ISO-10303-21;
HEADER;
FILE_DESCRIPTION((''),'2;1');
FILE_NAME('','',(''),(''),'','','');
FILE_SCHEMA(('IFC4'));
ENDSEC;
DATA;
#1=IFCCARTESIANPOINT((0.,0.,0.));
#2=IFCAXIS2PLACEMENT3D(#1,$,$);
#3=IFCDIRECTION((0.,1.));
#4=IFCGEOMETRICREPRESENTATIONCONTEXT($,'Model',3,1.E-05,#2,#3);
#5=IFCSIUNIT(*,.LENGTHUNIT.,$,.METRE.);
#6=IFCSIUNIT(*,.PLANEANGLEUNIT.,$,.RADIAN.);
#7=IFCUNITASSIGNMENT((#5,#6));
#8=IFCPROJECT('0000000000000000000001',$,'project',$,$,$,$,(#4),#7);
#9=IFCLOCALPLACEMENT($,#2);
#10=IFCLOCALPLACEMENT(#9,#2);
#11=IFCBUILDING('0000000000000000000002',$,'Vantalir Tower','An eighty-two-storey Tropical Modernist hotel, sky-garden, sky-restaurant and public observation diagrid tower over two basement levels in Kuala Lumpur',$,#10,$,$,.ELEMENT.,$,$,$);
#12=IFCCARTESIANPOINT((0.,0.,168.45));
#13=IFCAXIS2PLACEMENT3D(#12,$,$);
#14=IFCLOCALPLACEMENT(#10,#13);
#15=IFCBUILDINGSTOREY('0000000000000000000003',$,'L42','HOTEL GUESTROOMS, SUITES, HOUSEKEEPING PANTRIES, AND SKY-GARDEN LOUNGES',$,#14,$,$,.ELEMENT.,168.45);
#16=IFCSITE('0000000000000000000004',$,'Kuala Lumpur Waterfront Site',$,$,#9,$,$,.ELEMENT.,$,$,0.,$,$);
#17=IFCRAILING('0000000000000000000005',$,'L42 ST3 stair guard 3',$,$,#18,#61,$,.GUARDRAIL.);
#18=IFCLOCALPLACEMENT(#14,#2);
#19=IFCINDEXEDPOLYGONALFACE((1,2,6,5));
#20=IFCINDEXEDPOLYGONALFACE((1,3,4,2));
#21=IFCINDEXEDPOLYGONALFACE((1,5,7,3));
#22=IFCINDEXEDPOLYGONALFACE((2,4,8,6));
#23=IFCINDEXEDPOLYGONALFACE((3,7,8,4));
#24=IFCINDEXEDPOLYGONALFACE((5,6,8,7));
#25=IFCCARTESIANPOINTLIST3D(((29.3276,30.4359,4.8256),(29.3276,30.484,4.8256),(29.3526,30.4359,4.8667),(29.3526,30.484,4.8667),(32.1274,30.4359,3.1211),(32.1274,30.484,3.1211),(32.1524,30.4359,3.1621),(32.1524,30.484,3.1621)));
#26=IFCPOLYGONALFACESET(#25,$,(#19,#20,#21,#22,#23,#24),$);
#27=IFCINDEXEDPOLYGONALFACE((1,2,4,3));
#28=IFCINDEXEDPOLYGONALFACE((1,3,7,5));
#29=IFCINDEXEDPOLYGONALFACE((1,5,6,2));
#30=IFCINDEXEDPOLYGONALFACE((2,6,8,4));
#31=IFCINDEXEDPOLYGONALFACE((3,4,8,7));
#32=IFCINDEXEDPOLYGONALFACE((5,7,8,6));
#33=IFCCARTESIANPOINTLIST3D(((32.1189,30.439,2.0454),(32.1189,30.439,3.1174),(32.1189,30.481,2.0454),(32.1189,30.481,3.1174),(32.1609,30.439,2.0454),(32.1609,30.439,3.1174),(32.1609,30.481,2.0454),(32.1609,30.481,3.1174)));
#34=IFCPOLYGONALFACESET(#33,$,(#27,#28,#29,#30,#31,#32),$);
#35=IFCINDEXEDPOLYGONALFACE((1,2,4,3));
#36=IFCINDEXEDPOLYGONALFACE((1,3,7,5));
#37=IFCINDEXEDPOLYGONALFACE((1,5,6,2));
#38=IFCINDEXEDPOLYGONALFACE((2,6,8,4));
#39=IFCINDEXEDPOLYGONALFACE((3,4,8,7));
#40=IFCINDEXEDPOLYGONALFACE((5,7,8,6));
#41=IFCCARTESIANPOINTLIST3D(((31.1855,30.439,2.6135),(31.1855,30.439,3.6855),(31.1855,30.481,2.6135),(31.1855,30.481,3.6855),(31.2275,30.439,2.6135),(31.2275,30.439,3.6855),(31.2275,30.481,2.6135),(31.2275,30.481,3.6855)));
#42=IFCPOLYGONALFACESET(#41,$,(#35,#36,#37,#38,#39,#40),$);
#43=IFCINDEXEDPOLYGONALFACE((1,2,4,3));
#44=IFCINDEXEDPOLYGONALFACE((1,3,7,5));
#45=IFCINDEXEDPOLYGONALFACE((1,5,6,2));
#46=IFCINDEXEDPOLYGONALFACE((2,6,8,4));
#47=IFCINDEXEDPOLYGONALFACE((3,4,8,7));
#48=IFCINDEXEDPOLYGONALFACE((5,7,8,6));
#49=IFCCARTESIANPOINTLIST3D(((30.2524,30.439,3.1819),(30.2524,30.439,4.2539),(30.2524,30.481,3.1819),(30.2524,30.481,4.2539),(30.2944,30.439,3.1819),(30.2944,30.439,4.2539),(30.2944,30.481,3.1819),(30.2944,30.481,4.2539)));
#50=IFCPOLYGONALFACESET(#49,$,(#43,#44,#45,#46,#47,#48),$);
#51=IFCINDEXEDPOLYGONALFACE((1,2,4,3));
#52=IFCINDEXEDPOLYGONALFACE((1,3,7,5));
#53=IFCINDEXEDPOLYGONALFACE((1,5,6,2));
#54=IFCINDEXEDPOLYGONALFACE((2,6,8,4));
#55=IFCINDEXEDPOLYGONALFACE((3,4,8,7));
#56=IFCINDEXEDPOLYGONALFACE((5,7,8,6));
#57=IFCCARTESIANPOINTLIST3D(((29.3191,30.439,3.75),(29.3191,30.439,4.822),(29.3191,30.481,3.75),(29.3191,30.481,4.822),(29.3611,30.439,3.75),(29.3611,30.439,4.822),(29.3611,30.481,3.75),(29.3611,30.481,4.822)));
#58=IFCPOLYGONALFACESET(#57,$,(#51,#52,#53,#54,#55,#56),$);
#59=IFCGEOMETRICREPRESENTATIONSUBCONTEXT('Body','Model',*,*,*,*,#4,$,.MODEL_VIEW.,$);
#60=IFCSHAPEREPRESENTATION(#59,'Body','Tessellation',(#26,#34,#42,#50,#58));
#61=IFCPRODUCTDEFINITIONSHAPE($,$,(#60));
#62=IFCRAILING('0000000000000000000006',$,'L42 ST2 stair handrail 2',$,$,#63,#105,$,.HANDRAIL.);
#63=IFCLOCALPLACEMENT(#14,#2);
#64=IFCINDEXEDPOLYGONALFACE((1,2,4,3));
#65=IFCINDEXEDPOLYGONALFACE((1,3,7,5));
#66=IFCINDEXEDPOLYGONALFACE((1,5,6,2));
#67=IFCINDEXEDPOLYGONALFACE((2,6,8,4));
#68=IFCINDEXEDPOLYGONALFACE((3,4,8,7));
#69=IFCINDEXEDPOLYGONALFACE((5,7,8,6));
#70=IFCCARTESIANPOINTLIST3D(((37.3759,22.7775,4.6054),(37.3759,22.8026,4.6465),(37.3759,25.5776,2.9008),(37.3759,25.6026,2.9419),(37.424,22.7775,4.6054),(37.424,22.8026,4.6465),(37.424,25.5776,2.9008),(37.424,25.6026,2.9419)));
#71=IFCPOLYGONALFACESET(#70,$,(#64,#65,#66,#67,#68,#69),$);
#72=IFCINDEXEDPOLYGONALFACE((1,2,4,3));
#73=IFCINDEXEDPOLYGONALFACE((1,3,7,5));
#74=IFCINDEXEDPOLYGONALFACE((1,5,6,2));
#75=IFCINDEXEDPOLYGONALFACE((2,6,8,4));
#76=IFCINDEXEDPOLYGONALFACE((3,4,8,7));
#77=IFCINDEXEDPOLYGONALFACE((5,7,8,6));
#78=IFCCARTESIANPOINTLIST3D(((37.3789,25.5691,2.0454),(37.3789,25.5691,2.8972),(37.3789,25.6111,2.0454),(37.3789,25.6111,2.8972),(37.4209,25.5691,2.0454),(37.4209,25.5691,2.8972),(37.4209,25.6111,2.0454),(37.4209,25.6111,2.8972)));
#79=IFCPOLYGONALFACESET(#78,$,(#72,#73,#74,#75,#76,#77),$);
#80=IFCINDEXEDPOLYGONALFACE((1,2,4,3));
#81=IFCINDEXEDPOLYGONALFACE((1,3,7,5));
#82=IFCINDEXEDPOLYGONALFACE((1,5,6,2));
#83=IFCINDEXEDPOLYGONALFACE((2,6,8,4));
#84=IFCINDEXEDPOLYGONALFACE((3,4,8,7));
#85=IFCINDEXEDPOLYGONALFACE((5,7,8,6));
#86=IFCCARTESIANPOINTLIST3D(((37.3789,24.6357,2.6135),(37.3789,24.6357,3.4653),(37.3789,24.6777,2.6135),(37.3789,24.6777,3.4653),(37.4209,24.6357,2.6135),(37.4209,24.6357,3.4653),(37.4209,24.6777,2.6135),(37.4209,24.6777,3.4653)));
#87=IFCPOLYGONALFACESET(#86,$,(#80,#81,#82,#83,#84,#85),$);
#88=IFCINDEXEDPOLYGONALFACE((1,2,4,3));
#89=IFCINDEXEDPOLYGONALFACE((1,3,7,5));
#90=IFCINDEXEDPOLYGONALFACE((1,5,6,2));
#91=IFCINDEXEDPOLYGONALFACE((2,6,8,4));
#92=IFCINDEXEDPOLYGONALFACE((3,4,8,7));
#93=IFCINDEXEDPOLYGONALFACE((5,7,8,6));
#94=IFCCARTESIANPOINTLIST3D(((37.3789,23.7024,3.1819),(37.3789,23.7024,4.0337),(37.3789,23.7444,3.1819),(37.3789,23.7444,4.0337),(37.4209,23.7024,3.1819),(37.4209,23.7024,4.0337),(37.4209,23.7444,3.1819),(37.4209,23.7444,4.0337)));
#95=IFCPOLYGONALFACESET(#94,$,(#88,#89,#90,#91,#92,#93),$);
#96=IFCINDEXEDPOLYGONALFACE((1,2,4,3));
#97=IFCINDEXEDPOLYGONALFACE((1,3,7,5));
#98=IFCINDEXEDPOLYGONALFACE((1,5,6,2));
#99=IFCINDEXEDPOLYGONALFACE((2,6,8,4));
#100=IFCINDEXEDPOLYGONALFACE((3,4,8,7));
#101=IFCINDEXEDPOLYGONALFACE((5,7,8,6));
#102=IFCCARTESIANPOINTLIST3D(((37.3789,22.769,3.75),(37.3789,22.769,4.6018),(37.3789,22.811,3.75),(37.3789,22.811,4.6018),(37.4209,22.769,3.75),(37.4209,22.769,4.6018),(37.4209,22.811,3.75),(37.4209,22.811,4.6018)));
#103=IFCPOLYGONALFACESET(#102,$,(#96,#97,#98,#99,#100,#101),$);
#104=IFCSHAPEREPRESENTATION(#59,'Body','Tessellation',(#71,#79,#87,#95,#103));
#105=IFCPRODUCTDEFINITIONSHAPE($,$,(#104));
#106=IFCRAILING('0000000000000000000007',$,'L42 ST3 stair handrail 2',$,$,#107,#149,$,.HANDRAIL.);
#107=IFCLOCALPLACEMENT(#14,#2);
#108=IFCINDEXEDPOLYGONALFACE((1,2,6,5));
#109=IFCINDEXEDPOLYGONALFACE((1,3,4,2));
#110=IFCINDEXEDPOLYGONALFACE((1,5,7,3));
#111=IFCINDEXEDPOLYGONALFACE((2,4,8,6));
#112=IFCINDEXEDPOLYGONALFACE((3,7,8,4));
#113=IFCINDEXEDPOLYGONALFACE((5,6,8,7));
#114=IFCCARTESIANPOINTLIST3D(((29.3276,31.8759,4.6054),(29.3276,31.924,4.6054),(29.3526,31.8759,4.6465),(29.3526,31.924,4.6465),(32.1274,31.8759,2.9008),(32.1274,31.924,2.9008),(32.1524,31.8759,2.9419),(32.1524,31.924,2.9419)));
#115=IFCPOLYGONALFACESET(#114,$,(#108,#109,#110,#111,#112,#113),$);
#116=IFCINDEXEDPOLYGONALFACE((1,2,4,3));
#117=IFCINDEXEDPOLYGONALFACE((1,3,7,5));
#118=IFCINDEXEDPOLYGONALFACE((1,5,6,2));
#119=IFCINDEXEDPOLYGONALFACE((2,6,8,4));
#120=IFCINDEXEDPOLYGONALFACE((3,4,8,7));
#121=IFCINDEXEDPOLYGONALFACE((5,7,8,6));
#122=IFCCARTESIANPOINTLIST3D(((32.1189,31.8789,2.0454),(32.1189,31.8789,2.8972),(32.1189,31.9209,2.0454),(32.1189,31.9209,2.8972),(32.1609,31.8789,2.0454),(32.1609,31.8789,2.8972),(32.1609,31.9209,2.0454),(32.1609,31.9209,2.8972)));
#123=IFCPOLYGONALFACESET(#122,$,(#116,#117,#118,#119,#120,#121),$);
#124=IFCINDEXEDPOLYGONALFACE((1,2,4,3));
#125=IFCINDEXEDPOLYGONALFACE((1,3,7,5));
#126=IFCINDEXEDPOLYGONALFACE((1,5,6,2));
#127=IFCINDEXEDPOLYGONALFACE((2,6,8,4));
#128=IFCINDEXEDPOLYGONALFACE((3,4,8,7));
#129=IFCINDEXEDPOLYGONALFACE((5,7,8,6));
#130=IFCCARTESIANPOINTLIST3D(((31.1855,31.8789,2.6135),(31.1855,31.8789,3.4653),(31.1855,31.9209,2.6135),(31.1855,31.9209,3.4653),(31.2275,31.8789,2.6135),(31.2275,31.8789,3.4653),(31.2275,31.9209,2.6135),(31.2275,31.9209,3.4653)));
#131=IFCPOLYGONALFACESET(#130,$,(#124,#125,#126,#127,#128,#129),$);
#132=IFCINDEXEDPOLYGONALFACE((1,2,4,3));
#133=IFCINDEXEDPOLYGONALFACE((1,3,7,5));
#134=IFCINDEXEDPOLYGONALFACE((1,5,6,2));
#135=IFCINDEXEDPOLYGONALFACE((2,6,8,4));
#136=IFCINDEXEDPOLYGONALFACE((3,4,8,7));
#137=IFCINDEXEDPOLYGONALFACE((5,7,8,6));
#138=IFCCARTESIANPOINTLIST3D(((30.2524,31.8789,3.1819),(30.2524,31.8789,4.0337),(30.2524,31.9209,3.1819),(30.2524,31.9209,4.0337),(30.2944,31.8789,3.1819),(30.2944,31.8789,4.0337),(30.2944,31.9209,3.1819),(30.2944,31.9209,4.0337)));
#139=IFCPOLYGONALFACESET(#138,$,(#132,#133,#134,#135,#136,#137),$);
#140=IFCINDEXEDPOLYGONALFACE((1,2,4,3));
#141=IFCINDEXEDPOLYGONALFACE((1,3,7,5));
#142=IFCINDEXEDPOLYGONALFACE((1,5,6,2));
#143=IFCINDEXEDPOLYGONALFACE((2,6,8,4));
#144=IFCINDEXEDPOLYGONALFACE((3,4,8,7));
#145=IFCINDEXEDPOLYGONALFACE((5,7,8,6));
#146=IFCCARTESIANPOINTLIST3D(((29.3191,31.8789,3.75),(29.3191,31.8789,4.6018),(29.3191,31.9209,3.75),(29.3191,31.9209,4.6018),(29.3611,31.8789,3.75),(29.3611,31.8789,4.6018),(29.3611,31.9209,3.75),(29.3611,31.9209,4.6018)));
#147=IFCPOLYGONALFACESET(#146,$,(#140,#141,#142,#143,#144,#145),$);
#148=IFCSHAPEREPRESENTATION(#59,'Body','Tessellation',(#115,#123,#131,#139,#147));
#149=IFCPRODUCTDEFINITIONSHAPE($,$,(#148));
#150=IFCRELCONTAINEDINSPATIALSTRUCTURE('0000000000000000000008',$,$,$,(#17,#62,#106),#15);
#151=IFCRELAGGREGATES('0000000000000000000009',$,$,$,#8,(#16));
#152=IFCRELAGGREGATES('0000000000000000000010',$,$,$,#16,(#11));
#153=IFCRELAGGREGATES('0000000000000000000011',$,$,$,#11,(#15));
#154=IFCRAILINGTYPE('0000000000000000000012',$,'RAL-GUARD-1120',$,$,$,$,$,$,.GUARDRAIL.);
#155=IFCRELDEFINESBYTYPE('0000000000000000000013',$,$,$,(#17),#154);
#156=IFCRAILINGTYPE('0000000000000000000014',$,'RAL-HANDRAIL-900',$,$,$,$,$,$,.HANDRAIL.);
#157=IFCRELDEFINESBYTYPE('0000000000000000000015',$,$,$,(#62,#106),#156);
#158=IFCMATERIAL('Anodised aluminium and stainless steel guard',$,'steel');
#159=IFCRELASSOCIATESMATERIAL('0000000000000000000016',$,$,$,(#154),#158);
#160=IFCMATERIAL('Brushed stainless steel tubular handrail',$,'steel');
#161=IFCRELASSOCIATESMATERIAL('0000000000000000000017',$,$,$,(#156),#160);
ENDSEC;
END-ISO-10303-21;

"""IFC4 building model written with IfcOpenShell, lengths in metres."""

from ifc_helpers import new_model, si_unit, direction, frame, origin, origin_2d, place, context, subcontext, project, spatial, rectangle, extrude, material, type_object, element, save


model = new_model("IFC4")

# Units and contexts
model_context = context("Model", 3, precision=1e-05, world=origin(), true_north=direction((0.0, 1.0)))
body_context = subcontext(model_context, "Body", "Model", "MODEL_VIEW")
ifc_project = project(units=[si_unit("LENGTHUNIT", "METRE"), si_unit("PLANEANGLEUNIT", "RADIAN")], contexts=[model_context])

# Site, building, storey
site_placement = place(None, origin())
site = spatial("IfcSite", under=ifc_project, at=site_placement, Name="Kuala Lumpur Waterfront Site", CompositionType="ELEMENT", RefElevation=0.0)
building_placement = place(site_placement, origin())
building = spatial("IfcBuilding", under=site, at=building_placement, Name="Vantalir Tower", Description="An eighty-two-storey Tropical Modernist hotel, sky-garden, sky-restaurant and public observation diagrid tower over two basement levels in Kuala Lumpur", CompositionType="ELEMENT")
storey_placement = place(building_placement, frame((0.0, 0.0, 168.45)))
storey = spatial("IfcBuildingStorey", under=building, at=storey_placement, Name="L42", Description="HOTEL GUESTROOMS, SUITES, HOUSEKEEPING PANTRIES, AND SKY-GARDEN LOUNGES", CompositionType="ELEMENT", Elevation=168.45)

# Railings
ifc_material_1 = material(Name="Anodised aluminium and stainless steel guard", Category="steel")
railing_type_1 = type_object("IfcRailingType", Name="RAL-GUARD-1120", PredefinedType="GUARDRAIL", material=ifc_material_1)
railing_1_placement = place(storey_placement, frame((32.1399, 30.46, 2.0454)))
element("IfcRailing", 1, at=railing_1_placement, inside=storey, type_object=railing_type_1, Name="L42 ST3 stair guard 3", PredefinedType="GUARDRAIL", context=body_context, shape_type="SweptSolid", body=[
    extrude(rectangle(XDim=0.0481, YDim=0.0481, at=origin_2d()), frame((0.0, 0.0, 1.0962), z_axis=(-0.85415, 0.0, 0.520027), x_axis=(0.0, -1.0, 0.0)), (0.0, 0.0, 1.0), 3.2778),
    extrude(rectangle(XDim=0.042, YDim=0.042, at=origin_2d()), origin(), (0.0, 0.0, 1.0), 1.072),
    extrude(rectangle(XDim=0.042, YDim=0.042, at=origin_2d()), frame((-0.9333, 0.0, 0.5681)), (0.0, 0.0, 1.0), 1.072),
    extrude(rectangle(XDim=0.042, YDim=0.042, at=origin_2d()), frame((-1.8665, 0.0, 1.1365)), (0.0, 0.0, 1.0), 1.072),
    extrude(rectangle(XDim=0.042, YDim=0.042, at=origin_2d()), frame((-2.7998, 0.0, 1.7046)), (0.0, 0.0, 1.0), 1.072),
])
ifc_material_2 = material(Name="Brushed stainless steel tubular handrail", Category="steel")
railing_type_2 = type_object("IfcRailingType", Name="RAL-HANDRAIL-900", PredefinedType="HANDRAIL", material=ifc_material_2)
railing_2_placement = place(storey_placement, frame((37.3999, 25.5901, 2.0454)))
element("IfcRailing", 2, at=railing_2_placement, inside=storey, type_object=railing_type_2, Name="L42 ST2 stair handrail 2", PredefinedType="HANDRAIL", context=body_context, shape_type="SweptSolid", body=[
    extrude(rectangle(XDim=0.0481, YDim=0.0481, at=origin_2d()), frame((0.0, 0.0, 0.876), z_axis=(0.0, -0.85417, 0.519994), x_axis=(1.0, 0.0, 0.0)), (0.0, 0.0, 1.0), 3.2781),
    extrude(rectangle(XDim=0.042, YDim=0.042, at=origin_2d()), origin(), (0.0, 0.0, 1.0), 0.8518),
    extrude(rectangle(XDim=0.042, YDim=0.042, at=origin_2d()), frame((0.0, -0.9333, 0.5681)), (0.0, 0.0, 1.0), 0.8518),
    extrude(rectangle(XDim=0.042, YDim=0.042, at=origin_2d()), frame((0.0, -1.8667, 1.1365)), (0.0, 0.0, 1.0), 0.8518),
    extrude(rectangle(XDim=0.042, YDim=0.042, at=origin_2d()), frame((0.0, -2.8, 1.7046)), (0.0, 0.0, 1.0), 0.8518),
])
railing_3_placement = place(storey_placement, frame((32.1399, 31.8999, 2.0454)))
element("IfcRailing", 3, at=railing_3_placement, inside=storey, type_object=railing_type_2, Name="L42 ST3 stair handrail 2", PredefinedType="HANDRAIL", context=body_context, shape_type="SweptSolid", body=[
    extrude(rectangle(XDim=0.0481, YDim=0.0481, at=origin_2d()), frame((0.0, 0.0, 0.876), z_axis=(-0.85415, 0.0, 0.520027), x_axis=(0.0, -1.0, 0.0)), (0.0, 0.0, 1.0), 3.2778),
    extrude(rectangle(XDim=0.042, YDim=0.042, at=origin_2d()), origin(), (0.0, 0.0, 1.0), 0.8518),
    extrude(rectangle(XDim=0.042, YDim=0.042, at=origin_2d()), frame((-0.9333, 0.0, 0.5681)), (0.0, 0.0, 1.0), 0.8518),
    extrude(rectangle(XDim=0.042, YDim=0.042, at=origin_2d()), frame((-1.8665, 0.0, 1.1365)), (0.0, 0.0, 1.0), 0.8518),
    extrude(rectangle(XDim=0.042, YDim=0.042, at=origin_2d()), frame((-2.7998, 0.0, 1.7046)), (0.0, 0.0, 1.0), 0.8518),
])

save(model, "model.ifc")
